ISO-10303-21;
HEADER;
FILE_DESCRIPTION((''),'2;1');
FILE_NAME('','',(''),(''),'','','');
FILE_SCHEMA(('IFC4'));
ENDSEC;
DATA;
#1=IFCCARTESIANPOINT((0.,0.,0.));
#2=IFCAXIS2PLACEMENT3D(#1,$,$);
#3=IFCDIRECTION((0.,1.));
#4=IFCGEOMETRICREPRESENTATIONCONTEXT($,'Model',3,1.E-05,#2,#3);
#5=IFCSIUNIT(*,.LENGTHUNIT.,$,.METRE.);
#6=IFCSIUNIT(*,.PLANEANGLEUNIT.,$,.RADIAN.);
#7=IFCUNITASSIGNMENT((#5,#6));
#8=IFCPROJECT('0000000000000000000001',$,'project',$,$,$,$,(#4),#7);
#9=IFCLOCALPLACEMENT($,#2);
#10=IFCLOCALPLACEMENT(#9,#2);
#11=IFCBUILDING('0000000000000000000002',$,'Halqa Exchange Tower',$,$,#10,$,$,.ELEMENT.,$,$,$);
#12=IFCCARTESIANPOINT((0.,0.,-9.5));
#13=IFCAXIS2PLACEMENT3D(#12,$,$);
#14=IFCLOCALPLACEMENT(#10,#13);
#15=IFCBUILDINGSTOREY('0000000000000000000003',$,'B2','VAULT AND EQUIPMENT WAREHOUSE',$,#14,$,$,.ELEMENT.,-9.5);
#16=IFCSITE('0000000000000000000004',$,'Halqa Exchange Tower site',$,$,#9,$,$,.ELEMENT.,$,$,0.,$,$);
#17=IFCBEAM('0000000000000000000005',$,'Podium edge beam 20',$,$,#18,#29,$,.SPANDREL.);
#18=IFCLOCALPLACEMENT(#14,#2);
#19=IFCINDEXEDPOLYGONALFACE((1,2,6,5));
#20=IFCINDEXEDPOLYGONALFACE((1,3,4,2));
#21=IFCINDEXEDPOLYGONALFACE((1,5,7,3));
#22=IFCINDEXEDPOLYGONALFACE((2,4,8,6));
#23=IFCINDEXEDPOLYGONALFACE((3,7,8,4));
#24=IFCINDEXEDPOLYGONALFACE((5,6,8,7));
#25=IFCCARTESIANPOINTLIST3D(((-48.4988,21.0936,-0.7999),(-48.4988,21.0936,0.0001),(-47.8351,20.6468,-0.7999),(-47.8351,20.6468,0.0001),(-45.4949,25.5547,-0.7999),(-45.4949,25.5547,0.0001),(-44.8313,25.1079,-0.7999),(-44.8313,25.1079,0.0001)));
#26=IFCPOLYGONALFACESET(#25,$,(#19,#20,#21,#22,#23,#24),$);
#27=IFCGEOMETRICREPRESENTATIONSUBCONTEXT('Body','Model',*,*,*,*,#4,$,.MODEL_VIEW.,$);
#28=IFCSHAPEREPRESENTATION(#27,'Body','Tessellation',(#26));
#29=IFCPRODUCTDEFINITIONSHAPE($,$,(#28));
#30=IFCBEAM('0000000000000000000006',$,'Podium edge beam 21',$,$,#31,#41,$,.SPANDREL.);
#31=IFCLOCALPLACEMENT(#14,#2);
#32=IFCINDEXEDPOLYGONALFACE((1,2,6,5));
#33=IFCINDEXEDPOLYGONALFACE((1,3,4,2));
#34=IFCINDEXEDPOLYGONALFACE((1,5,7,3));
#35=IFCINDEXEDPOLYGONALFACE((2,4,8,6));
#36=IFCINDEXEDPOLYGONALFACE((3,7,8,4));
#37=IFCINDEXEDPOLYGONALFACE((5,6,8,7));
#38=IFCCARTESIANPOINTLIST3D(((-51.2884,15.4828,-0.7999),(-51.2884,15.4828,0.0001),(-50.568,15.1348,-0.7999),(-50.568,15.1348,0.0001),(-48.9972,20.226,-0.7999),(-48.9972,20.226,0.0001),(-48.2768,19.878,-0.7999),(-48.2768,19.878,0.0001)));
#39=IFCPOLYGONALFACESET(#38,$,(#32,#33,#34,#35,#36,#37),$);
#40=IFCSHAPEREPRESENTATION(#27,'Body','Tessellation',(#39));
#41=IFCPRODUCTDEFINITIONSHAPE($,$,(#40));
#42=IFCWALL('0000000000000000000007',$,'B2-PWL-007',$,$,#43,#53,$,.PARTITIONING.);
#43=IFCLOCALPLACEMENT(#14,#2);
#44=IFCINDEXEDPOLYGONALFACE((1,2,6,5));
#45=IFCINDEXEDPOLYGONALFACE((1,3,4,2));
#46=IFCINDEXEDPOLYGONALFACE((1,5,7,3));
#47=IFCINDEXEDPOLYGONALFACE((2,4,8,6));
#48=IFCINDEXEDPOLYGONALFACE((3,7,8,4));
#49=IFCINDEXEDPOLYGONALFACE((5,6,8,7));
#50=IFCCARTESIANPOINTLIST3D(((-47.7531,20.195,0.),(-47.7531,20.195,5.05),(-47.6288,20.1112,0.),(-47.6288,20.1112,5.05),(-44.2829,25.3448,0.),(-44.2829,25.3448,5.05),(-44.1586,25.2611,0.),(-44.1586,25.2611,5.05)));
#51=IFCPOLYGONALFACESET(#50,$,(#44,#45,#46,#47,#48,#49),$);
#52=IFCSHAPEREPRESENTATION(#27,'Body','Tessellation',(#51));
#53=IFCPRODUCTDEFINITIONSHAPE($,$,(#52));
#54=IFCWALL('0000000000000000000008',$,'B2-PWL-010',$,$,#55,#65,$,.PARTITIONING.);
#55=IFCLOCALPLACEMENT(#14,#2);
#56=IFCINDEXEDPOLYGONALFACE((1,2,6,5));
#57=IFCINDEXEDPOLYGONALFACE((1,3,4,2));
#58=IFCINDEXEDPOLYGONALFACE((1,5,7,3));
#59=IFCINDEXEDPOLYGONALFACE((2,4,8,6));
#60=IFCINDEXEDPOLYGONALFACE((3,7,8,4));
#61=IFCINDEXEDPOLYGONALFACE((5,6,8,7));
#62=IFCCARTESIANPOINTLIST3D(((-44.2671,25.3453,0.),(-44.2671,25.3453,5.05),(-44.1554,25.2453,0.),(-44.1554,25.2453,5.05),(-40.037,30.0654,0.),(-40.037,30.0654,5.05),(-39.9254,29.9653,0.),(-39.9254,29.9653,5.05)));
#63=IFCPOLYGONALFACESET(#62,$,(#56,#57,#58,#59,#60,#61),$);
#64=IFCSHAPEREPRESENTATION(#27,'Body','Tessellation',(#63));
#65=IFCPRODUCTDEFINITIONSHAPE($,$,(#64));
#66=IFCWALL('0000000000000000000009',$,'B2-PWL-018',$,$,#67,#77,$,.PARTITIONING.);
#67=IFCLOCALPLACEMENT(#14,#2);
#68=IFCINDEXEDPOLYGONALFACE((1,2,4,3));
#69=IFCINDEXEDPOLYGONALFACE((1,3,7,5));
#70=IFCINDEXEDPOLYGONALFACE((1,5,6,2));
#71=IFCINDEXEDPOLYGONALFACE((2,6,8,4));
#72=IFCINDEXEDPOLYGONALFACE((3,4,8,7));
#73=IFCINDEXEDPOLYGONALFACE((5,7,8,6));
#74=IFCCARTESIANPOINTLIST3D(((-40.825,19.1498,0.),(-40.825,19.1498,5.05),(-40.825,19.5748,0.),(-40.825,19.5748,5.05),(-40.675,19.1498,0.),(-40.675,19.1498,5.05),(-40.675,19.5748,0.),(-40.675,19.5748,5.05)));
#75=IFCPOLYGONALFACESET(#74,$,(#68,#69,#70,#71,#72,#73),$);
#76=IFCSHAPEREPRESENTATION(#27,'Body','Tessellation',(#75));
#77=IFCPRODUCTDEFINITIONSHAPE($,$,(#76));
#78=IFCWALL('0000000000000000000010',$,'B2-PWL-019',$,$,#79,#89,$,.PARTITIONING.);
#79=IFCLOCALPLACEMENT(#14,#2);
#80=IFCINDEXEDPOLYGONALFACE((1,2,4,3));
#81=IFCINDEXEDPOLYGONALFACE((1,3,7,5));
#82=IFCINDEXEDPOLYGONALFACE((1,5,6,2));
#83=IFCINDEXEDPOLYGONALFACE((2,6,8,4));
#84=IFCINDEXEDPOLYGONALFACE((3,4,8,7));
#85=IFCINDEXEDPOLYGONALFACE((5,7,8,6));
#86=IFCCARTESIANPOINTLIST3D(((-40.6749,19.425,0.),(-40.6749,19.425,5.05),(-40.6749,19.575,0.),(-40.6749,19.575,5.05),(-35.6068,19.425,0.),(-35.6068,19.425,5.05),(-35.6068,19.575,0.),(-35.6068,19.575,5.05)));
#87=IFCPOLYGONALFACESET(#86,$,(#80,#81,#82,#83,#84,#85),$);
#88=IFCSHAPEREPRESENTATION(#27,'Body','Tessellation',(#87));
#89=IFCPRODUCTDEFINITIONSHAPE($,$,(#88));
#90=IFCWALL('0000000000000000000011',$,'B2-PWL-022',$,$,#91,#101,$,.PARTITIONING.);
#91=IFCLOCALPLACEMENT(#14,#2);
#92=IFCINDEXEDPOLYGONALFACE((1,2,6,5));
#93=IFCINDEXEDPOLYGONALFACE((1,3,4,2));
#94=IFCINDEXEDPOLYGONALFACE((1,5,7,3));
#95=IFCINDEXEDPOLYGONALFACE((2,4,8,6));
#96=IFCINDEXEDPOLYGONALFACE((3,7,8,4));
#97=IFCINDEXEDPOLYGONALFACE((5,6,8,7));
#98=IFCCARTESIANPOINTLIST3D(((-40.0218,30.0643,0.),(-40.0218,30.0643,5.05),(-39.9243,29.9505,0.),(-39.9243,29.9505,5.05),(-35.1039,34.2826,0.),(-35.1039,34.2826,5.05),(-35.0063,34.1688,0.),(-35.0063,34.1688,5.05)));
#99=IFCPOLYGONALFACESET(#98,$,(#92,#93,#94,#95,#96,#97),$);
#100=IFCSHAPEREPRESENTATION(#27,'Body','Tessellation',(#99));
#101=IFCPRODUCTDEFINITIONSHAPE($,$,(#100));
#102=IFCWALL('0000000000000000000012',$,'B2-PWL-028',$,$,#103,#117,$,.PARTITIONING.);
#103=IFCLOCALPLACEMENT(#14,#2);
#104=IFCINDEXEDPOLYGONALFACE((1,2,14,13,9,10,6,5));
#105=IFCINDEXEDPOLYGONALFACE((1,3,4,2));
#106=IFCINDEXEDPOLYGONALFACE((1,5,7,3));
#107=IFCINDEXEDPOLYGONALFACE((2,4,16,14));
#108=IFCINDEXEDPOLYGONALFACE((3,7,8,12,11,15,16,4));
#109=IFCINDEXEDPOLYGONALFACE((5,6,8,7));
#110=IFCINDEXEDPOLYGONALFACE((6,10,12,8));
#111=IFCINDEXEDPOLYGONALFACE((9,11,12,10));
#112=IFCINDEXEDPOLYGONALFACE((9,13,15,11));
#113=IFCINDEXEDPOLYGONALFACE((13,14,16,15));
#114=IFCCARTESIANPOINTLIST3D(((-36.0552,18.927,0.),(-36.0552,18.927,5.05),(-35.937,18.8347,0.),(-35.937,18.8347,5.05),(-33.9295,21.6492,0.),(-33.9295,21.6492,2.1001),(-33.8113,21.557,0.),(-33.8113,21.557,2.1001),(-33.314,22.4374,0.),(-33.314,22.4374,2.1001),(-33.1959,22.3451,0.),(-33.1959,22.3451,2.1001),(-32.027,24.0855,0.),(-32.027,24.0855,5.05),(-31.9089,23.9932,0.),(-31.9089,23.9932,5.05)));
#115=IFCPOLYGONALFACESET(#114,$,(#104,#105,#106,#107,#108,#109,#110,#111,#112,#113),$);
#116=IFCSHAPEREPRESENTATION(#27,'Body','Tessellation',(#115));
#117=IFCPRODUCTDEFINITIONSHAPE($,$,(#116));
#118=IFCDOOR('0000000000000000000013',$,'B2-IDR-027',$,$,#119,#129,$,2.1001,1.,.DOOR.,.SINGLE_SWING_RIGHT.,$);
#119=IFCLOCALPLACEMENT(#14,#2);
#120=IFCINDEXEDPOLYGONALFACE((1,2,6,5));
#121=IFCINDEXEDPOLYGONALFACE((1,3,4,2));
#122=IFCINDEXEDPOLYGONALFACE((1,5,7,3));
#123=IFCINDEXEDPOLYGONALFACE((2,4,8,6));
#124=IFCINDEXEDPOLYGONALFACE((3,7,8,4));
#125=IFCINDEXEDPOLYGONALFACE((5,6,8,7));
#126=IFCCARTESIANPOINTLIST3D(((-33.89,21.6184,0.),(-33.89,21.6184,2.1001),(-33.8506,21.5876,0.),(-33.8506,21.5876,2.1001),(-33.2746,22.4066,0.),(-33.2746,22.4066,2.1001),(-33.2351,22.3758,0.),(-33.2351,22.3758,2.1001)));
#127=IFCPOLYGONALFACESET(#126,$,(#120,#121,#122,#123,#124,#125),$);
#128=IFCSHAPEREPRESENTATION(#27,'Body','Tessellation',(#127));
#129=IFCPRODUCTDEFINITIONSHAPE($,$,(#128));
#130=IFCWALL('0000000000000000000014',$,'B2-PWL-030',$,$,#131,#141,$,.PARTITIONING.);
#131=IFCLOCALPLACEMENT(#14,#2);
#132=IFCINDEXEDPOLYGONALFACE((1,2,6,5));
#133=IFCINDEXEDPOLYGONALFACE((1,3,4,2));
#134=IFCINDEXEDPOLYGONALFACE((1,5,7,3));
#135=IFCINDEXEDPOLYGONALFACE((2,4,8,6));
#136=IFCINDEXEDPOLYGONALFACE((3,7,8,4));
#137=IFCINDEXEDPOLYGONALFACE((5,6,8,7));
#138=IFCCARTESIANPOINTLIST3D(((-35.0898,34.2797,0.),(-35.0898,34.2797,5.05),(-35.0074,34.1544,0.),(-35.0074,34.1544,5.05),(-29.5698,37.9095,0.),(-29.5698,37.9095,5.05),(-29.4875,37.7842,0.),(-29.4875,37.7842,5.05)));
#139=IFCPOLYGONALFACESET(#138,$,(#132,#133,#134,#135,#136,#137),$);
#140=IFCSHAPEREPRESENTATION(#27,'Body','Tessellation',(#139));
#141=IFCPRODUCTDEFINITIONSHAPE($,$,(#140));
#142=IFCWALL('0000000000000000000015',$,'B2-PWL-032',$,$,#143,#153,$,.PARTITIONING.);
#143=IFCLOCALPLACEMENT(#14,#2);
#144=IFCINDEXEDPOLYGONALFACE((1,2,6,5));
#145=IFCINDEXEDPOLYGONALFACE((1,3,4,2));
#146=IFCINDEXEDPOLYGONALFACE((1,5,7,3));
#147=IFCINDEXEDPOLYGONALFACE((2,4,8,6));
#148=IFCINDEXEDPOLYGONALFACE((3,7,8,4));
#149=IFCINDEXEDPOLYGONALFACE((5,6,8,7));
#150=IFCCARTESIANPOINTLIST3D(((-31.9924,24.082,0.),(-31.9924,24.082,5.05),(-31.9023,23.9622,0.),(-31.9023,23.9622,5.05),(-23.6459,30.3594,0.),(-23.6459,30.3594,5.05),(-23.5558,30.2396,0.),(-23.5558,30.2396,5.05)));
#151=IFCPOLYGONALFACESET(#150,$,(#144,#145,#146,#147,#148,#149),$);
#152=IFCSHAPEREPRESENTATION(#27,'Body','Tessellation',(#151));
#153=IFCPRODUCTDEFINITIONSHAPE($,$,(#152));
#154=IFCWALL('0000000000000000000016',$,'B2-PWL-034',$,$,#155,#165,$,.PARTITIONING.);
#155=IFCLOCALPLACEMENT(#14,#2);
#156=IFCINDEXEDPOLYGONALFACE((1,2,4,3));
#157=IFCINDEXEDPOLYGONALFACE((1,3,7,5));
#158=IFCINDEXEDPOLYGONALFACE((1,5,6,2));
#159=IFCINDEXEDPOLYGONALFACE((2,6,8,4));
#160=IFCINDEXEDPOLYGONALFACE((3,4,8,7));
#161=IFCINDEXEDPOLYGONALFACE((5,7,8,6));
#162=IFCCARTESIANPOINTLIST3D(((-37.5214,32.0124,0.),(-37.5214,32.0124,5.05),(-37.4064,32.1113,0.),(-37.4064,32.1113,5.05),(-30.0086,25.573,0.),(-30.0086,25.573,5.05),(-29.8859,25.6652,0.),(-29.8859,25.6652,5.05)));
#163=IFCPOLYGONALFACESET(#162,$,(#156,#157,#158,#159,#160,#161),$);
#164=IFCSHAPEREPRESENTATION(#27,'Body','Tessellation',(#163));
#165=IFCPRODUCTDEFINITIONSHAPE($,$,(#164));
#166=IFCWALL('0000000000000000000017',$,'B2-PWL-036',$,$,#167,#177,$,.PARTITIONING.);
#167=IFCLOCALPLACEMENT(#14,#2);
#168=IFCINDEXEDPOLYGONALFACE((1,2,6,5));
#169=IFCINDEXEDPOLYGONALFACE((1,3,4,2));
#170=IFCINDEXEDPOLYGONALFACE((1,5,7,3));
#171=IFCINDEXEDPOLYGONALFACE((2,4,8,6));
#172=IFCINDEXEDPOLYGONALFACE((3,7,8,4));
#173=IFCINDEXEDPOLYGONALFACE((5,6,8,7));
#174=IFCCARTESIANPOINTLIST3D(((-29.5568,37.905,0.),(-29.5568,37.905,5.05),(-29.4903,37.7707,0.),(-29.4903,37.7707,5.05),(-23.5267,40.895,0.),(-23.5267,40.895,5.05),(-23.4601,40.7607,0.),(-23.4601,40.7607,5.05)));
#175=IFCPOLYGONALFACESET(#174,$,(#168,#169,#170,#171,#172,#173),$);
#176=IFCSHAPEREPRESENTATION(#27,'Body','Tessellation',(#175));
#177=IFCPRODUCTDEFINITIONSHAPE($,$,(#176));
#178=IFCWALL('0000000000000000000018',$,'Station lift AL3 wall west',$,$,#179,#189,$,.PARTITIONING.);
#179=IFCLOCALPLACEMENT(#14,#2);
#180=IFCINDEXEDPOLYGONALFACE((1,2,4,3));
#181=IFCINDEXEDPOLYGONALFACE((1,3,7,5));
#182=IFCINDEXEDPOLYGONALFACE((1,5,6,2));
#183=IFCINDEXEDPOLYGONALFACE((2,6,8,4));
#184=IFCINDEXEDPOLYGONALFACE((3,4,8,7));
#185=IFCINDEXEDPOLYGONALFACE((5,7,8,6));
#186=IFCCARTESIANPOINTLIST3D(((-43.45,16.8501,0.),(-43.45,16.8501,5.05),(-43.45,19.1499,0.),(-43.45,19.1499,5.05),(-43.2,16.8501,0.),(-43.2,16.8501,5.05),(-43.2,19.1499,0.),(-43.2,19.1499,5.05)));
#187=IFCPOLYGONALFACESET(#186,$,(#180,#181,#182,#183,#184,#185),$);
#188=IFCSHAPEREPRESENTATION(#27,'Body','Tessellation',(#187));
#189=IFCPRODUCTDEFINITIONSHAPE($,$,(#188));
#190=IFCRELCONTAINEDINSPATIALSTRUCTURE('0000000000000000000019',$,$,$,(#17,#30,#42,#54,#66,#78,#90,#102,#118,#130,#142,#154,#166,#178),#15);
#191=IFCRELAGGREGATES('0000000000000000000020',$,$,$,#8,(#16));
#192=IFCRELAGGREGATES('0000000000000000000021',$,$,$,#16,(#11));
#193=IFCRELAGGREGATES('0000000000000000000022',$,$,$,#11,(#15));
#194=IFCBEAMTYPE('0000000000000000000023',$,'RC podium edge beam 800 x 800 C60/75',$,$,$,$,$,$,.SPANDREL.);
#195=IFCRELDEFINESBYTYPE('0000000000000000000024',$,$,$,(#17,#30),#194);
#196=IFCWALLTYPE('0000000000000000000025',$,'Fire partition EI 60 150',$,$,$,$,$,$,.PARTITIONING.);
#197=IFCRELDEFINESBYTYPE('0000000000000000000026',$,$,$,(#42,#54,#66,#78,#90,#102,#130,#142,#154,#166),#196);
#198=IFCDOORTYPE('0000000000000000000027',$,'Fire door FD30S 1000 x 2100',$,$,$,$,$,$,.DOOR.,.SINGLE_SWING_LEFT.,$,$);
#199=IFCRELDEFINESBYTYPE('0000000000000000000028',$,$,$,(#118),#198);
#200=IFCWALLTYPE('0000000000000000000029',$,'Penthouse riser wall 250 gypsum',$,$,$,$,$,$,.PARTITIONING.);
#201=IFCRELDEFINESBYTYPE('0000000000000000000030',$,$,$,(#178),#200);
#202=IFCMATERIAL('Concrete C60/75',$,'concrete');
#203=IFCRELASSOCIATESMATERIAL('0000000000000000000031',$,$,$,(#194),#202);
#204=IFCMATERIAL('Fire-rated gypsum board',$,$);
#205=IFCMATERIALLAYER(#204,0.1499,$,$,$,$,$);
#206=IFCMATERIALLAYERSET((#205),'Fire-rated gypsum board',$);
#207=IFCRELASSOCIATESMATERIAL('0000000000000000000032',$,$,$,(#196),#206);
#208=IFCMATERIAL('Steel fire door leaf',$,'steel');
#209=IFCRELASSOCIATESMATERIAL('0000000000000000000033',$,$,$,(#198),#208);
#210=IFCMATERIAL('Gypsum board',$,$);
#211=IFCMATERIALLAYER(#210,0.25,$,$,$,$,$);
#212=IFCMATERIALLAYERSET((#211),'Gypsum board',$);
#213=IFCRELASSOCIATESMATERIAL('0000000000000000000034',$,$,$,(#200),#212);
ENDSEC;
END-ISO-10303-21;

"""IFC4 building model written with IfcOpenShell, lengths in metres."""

from ifc_helpers import new_model, si_unit, direction, frame, frame_2d, origin, origin_2d, place, context, subcontext, project, spatial, polyline, rectangle, outline, extrude, material, layer, layer_set, material_profile, profile_set, type_object, element, fill, save


model = new_model("IFC4")

# Units and contexts
model_context = context("Model", 3, precision=1e-05, world=origin(), true_north=direction((0.0, 1.0)))
body_context = subcontext(model_context, "Body", "Model", "MODEL_VIEW")
ifc_project = project(units=[si_unit("LENGTHUNIT", "METRE"), si_unit("PLANEANGLEUNIT", "RADIAN")], contexts=[model_context])

# Site, building, storey
site_placement = place(None, origin())
site = spatial("IfcSite", under=ifc_project, at=site_placement, Name="Halqa Exchange Tower site", CompositionType="ELEMENT", RefElevation=0.0)
building_placement = place(site_placement, origin())
building = spatial("IfcBuilding", under=site, at=building_placement, Name="Halqa Exchange Tower", CompositionType="ELEMENT")
storey_placement = place(building_placement, frame((0.0, 0.0, -9.5)))
storey = spatial("IfcBuildingStorey", under=building, at=storey_placement, Name="B2", Description="VAULT AND EQUIPMENT WAREHOUSE", CompositionType="ELEMENT", Elevation=-9.5)

# Shared definitions
ifc_material_1 = material(Name="Concrete C60/75", Category="concrete")

# Beams
ifc_material_profile_1 = material_profile(ifc_material_1, rectangle(XDim=0.8, YDim=0.8, at=origin_2d()), Name="800 x 800")
ifc_profile_set_1 = profile_set([ifc_material_profile_1], Name="Concrete C60/75")
beam_type_1 = type_object("IfcBeamType", Name="RC podium edge beam 800 x 800 C60/75", PredefinedType="SPANDREL", material=ifc_profile_set_1)
beam_1_placement = place(storey_placement, frame((-45.1631, 25.3313, -0.3999), z_axis=(-0.558528, -0.829485, 0.0), x_axis=(0.829485, -0.558528, 0.0)))
element("IfcBeam", 1, at=beam_1_placement, inside=storey, type_object=beam_type_1, Name="Podium edge beam 20", PredefinedType="SPANDREL", context=body_context, shape_type="SweptSolid", body=[
    extrude(rectangle(XDim=0.8, YDim=0.8, at=origin_2d()), origin(), (0.0, 0.0, 1.0), 5.3782),
])
beam_2_placement = place(storey_placement, frame((-48.637, 20.052, -0.3999), z_axis=(-0.434973, -0.900443, 0.0), x_axis=(0.900443, -0.434973, 0.0)))
element("IfcBeam", 2, at=beam_2_placement, inside=storey, type_object=beam_type_1, Name="Podium edge beam 21", PredefinedType="SPANDREL", context=body_context, shape_type="SweptSolid", body=[
    extrude(rectangle(XDim=0.8, YDim=0.8, at=origin_2d()), origin(), (0.0, 0.0, 1.0), 5.2676),
])

# Walls
ifc_material_2 = material(Name="Fire-rated gypsum board")
ifc_layer_1 = layer(ifc_material_2, 0.1499)
ifc_layer_set_1 = layer_set([ifc_layer_1], Name="Fire-rated gypsum board")
wall_type_1 = type_object("IfcWallType", Name="Fire partition EI 60 150", PredefinedType="PARTITIONING", material=ifc_layer_set_1)
wall_1_placement = place(storey_placement, frame((-47.6909, 20.1531, 0.0), z_axis=(0.0, 0.0, 1.0), x_axis=(0.558812, 0.829294, 0.0)))
element("IfcWall", 3, at=wall_1_placement, inside=storey, type_object=wall_type_1, Name="B2-PWL-007", PredefinedType="PARTITIONING", context=body_context, shape_type="SweptSolid", body=[
    extrude(rectangle(XDim=6.21, YDim=0.1499, at=frame_2d((3.105, 0.0))), origin(), (0.0, 0.0, 1.0), 5.05),
])
wall_2_placement = place(storey_placement, frame((-44.2112, 25.2954, 0.0), z_axis=(0.0, 0.0, 1.0), x_axis=(0.667395, 0.744704, 0.0)))
element("IfcWall", 4, at=wall_2_placement, inside=storey, type_object=wall_type_1, Name="B2-PWL-010", PredefinedType="PARTITIONING", context=body_context, shape_type="SweptSolid", body=[
    extrude(rectangle(XDim=6.3381, YDim=0.1499, at=frame_2d((3.1689, 0.0))), origin(), (0.0, 0.0, 1.0), 5.05),
])
wall_3_placement = place(storey_placement, frame((-40.75, 19.1499, 0.0), z_axis=(0.0, 0.0, 1.0), x_axis=(0.0, 1.0, 0.0)))
element("IfcWall", 5, at=wall_3_placement, inside=storey, type_object=wall_type_1, Name="B2-PWL-018", PredefinedType="PARTITIONING", context=body_context, shape_type="SweptSolid", body=[
    extrude(rectangle(XDim=0.425, YDim=0.1499, at=frame_2d((0.2124, 0.0))), origin(), (0.0, 0.0, 1.0), 5.05),
])
wall_4_placement = place(storey_placement, frame((-40.675, 19.5, 0.0), z_axis=(0.0, 0.0, 1.0), x_axis=(1.0, 0.0, 0.0)))
element("IfcWall", 6, at=wall_4_placement, inside=storey, type_object=wall_type_1, Name="B2-PWL-019", PredefinedType="PARTITIONING", context=body_context, shape_type="SweptSolid", body=[
    extrude(rectangle(XDim=5.0681, YDim=0.1499, at=frame_2d((2.5342, 0.0))), origin(), (0.0, 0.0, 1.0), 5.05),
])
wall_5_placement = place(storey_placement, frame((-39.9731, 30.0073, 0.0), z_axis=(0.0, 0.0, 1.0), x_axis=(0.759038, 0.651046, 0.0)))
element("IfcWall", 7, at=wall_5_placement, inside=storey, type_object=wall_type_1, Name="B2-PWL-022", PredefinedType="PARTITIONING", context=body_context, shape_type="SweptSolid", body=[
    extrude(rectangle(XDim=6.4792, YDim=0.1499, at=frame_2d((3.2397, 0.0))), origin(), (0.0, 0.0, 1.0), 5.05),
])

# Wall, opening, door
wall_6_placement = place(storey_placement, frame((-35.9961, 18.8809, 0.0), z_axis=(0.0, 0.0, 1.0), x_axis=(0.615458, 0.78817, 0.0)))
wall_6 = element("IfcWall", 8, at=wall_6_placement, inside=storey, type_object=wall_type_1, Name="B2-PWL-028", PredefinedType="PARTITIONING", context=body_context, shape_type="SweptSolid", body=[
    extrude(rectangle(XDim=6.5449, YDim=0.1499, at=frame_2d((3.2725, 0.0))), origin(), (0.0, 0.0, 1.0), 5.05),
])
opening_1_placement = place(wall_6_placement, frame((3.4539, 0.0, 0.0)))
opening_1 = element("IfcOpeningElement", 9, at=opening_1_placement, cuts=wall_6, PredefinedType="OPENING", context=body_context, shape_type="SweptSolid", body=[
    extrude(rectangle(XDim=1.0, YDim=2.1001, at=frame_2d((0.5, 1.05))), frame((0.0, 0.0869, 0.0), z_axis=(0.0, -1.0, 0.0), x_axis=(1.0, 0.0, 0.0)), (0.0, 0.0, 1.0), 0.1738),
])
ifc_material_3 = material(Name="Steel fire door leaf", Category="steel")
door_type_1 = type_object("IfcDoorType", Name="Fire door FD30S 1000 x 2100", OperationType="SINGLE_SWING_LEFT", PredefinedType="DOOR", material=ifc_material_3)
door_1_placement = place(opening_1_placement, origin())
door_1 = element("IfcDoor", 10, at=door_1_placement, inside=storey, type_object=door_type_1, Name="B2-IDR-027", OperationType="SINGLE_SWING_RIGHT", OverallHeight=2.1001, OverallWidth=1.0, PredefinedType="DOOR", context=body_context, shape_type="SweptSolid", body=[
    extrude(rectangle(XDim=1.0, YDim=2.1001, at=frame_2d((0.5, 1.05))), frame((0.0, 0.0249, 0.0), z_axis=(0.0, -1.0, 0.0), x_axis=(1.0, 0.0, 0.0)), (0.0, 0.0, 1.0), 0.05),
])
fill(opening_1, door_1)

# Walls
wall_7_placement = place(storey_placement, frame((-35.0486, 34.217, 0.0), z_axis=(0.0, 0.0, 1.0), x_axis=(0.835536, 0.549436, 0.0)))
element("IfcWall", 11, at=wall_7_placement, inside=storey, type_object=wall_type_1, Name="B2-PWL-030", PredefinedType="PARTITIONING", context=body_context, shape_type="SweptSolid", body=[
    extrude(rectangle(XDim=6.6064, YDim=0.1499, at=frame_2d((3.3032, 0.0))), origin(), (0.0, 0.0, 1.0), 5.05),
])
wall_8_placement = place(storey_placement, frame((-31.9473, 24.0222, 0.0), z_axis=(0.0, 0.0, 1.0), x_axis=(0.799194, 0.601073, 0.0)))
element("IfcWall", 12, at=wall_8_placement, inside=storey, type_object=wall_type_1, Name="B2-PWL-032", PredefinedType="PARTITIONING", context=body_context, shape_type="SweptSolid", body=[
    extrude(rectangle(XDim=10.4436, YDim=0.1499, at=frame_2d((5.2217, 0.0))), origin(), (0.0, 0.0, 1.0), 5.05),
])
wall_9_placement = place(storey_placement, frame((-29.9473, 25.6191, 0.0), z_axis=(0.0, 0.0, 1.0), x_axis=(-0.759265, 0.650781, 0.0)))
element("IfcWall", 13, at=wall_9_placement, inside=storey, type_object=wall_type_1, Name="B2-PWL-034", PredefinedType="PARTITIONING", context=body_context, shape_type="SweptSolid", body=[
    extrude(outline(polyline([(-0.0166, -0.075), (9.8884, -0.075), (9.9114, 0.075), (0.0166, 0.075), (-0.0166, -0.075)])), origin(), (0.0, 0.0, 1.0), 5.05),
])
wall_10_placement = place(storey_placement, frame((-29.5234, 37.8379, 0.0), z_axis=(0.0, 0.0, 1.0), x_axis=(0.895909, 0.444237, 0.0)))
element("IfcWall", 14, at=wall_10_placement, inside=storey, type_object=wall_type_1, Name="B2-PWL-036", PredefinedType="PARTITIONING", context=body_context, shape_type="SweptSolid", body=[
    extrude(rectangle(XDim=6.7307, YDim=0.1499, at=frame_2d((3.3652, 0.0))), origin(), (0.0, 0.0, 1.0), 5.05),
])
ifc_material_4 = material(Name="Gypsum board")
ifc_layer_2 = layer(ifc_material_4, 0.25)
ifc_layer_set_2 = layer_set([ifc_layer_2], Name="Gypsum board")
wall_type_2 = type_object("IfcWallType", Name="Penthouse riser wall 250 gypsum", PredefinedType="PARTITIONING", material=ifc_layer_set_2)
wall_11_placement = place(storey_placement, frame((-43.325, 16.8501, 0.0), z_axis=(0.0, 0.0, 1.0), x_axis=(0.0, 1.0, 0.0)))
element("IfcWall", 15, at=wall_11_placement, inside=storey, type_object=wall_type_2, Name="Station lift AL3 wall west", PredefinedType="PARTITIONING", context=body_context, shape_type="SweptSolid", body=[
    extrude(rectangle(XDim=2.2998, YDim=0.25, at=frame_2d((1.1499, 0.0))), origin(), (0.0, 0.0, 1.0), 5.05),
])

save(model, "model.ifc")
